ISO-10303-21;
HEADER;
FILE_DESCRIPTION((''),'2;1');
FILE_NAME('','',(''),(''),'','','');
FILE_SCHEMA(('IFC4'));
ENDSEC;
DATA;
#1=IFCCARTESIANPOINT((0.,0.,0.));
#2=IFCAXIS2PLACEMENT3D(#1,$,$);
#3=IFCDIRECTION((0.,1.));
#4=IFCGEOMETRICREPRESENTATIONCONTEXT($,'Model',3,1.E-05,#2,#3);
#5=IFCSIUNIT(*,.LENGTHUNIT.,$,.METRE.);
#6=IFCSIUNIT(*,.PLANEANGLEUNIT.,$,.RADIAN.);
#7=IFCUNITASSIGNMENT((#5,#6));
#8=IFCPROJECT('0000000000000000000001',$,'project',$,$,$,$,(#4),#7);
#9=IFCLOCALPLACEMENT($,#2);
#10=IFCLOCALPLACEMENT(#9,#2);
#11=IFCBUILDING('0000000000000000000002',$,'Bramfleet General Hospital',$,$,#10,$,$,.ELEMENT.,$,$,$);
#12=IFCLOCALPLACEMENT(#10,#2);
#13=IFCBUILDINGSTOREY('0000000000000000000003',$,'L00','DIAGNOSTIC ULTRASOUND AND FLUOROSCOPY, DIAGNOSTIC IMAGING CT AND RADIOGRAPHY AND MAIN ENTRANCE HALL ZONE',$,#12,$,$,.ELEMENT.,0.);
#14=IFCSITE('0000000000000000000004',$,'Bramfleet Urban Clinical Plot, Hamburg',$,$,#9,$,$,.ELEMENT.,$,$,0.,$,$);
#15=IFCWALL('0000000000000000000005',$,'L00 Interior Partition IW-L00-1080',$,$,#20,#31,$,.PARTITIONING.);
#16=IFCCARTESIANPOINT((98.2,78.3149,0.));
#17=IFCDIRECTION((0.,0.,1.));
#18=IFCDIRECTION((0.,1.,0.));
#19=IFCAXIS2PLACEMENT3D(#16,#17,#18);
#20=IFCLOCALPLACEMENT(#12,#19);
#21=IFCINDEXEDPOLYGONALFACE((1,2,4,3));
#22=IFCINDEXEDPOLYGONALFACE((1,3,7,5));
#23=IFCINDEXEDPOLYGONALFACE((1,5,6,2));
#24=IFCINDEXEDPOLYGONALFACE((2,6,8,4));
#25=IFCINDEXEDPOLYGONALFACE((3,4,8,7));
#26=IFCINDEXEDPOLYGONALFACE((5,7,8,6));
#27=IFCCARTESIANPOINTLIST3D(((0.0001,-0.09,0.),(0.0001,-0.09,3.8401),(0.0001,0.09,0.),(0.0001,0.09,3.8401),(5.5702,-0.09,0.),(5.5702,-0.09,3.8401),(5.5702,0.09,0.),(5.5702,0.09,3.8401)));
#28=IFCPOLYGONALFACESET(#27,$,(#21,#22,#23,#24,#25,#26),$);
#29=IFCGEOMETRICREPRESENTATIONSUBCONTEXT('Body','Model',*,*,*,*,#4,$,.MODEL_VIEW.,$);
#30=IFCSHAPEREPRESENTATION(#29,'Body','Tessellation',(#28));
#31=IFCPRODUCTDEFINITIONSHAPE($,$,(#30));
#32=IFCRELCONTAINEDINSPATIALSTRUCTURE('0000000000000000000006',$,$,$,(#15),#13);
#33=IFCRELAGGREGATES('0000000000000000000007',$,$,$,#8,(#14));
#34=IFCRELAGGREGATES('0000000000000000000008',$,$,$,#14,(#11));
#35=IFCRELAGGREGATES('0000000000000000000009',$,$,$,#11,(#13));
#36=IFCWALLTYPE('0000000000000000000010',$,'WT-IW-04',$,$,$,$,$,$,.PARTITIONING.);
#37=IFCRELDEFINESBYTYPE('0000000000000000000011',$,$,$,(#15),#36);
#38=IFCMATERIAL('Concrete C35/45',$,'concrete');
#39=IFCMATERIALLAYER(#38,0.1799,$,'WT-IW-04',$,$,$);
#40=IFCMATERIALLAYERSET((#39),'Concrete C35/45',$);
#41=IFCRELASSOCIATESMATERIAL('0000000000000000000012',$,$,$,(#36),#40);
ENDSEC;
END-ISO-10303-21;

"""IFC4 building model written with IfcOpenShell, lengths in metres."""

from ifc_helpers import new_model, si_unit, direction, frame, frame_2d, origin, place, context, subcontext, project, spatial, rectangle, extrude, material, layer, layer_set, type_object, element, save


model = new_model("IFC4")

# Units and contexts
model_context = context("Model", 3, precision=1e-05, world=origin(), true_north=direction((0.0, 1.0)))
body_context = subcontext(model_context, "Body", "Model", "MODEL_VIEW")
ifc_project = project(units=[si_unit("LENGTHUNIT", "METRE"), si_unit("PLANEANGLEUNIT", "RADIAN")], contexts=[model_context])

# Site, building, storey
site_placement = place(None, origin())
site = spatial("IfcSite", under=ifc_project, at=site_placement, Name="Bramfleet Urban Clinical Plot, Hamburg", CompositionType="ELEMENT", RefElevation=0.0)
building_placement = place(site_placement, origin())
building = spatial("IfcBuilding", under=site, at=building_placement, Name="Bramfleet General Hospital", CompositionType="ELEMENT")
storey_placement = place(building_placement, origin())
storey = spatial("IfcBuildingStorey", under=building, at=storey_placement, Name="L00", Description="DIAGNOSTIC ULTRASOUND AND FLUOROSCOPY, DIAGNOSTIC IMAGING CT AND RADIOGRAPHY AND MAIN ENTRANCE HALL ZONE", CompositionType="ELEMENT", Elevation=0.0)

# Shared definitions
ifc_material_1 = material(Name="Concrete C35/45", Category="concrete")

# Shared definitions
ifc_layer_1 = layer(ifc_material_1, 0.1799, Name="WT-IW-04")
ifc_layer_set_1 = layer_set([ifc_layer_1], Name="Concrete C35/45")
wall_type_1 = type_object("IfcWallType", Name="WT-IW-04", PredefinedType="PARTITIONING", material=ifc_layer_set_1)

# Wall
wall_1_placement = place(storey_placement, frame((98.2, 78.3149, 0.0), z_axis=(0.0, 0.0, 1.0), x_axis=(0.0, 1.0, 0.0)))
element("IfcWall", 1, at=wall_1_placement, inside=storey, type_object=wall_type_1, Name="L00 Interior Partition IW-L00-1080", PredefinedType="PARTITIONING", context=body_context, shape_type="SweptSolid", body=[
    extrude(rectangle(XDim=5.5701, YDim=0.1799, at=frame_2d((2.7852, 0.0))), origin(), (0.0, 0.0, 1.0), 3.8401),
])

save(model, "model.ifc")
